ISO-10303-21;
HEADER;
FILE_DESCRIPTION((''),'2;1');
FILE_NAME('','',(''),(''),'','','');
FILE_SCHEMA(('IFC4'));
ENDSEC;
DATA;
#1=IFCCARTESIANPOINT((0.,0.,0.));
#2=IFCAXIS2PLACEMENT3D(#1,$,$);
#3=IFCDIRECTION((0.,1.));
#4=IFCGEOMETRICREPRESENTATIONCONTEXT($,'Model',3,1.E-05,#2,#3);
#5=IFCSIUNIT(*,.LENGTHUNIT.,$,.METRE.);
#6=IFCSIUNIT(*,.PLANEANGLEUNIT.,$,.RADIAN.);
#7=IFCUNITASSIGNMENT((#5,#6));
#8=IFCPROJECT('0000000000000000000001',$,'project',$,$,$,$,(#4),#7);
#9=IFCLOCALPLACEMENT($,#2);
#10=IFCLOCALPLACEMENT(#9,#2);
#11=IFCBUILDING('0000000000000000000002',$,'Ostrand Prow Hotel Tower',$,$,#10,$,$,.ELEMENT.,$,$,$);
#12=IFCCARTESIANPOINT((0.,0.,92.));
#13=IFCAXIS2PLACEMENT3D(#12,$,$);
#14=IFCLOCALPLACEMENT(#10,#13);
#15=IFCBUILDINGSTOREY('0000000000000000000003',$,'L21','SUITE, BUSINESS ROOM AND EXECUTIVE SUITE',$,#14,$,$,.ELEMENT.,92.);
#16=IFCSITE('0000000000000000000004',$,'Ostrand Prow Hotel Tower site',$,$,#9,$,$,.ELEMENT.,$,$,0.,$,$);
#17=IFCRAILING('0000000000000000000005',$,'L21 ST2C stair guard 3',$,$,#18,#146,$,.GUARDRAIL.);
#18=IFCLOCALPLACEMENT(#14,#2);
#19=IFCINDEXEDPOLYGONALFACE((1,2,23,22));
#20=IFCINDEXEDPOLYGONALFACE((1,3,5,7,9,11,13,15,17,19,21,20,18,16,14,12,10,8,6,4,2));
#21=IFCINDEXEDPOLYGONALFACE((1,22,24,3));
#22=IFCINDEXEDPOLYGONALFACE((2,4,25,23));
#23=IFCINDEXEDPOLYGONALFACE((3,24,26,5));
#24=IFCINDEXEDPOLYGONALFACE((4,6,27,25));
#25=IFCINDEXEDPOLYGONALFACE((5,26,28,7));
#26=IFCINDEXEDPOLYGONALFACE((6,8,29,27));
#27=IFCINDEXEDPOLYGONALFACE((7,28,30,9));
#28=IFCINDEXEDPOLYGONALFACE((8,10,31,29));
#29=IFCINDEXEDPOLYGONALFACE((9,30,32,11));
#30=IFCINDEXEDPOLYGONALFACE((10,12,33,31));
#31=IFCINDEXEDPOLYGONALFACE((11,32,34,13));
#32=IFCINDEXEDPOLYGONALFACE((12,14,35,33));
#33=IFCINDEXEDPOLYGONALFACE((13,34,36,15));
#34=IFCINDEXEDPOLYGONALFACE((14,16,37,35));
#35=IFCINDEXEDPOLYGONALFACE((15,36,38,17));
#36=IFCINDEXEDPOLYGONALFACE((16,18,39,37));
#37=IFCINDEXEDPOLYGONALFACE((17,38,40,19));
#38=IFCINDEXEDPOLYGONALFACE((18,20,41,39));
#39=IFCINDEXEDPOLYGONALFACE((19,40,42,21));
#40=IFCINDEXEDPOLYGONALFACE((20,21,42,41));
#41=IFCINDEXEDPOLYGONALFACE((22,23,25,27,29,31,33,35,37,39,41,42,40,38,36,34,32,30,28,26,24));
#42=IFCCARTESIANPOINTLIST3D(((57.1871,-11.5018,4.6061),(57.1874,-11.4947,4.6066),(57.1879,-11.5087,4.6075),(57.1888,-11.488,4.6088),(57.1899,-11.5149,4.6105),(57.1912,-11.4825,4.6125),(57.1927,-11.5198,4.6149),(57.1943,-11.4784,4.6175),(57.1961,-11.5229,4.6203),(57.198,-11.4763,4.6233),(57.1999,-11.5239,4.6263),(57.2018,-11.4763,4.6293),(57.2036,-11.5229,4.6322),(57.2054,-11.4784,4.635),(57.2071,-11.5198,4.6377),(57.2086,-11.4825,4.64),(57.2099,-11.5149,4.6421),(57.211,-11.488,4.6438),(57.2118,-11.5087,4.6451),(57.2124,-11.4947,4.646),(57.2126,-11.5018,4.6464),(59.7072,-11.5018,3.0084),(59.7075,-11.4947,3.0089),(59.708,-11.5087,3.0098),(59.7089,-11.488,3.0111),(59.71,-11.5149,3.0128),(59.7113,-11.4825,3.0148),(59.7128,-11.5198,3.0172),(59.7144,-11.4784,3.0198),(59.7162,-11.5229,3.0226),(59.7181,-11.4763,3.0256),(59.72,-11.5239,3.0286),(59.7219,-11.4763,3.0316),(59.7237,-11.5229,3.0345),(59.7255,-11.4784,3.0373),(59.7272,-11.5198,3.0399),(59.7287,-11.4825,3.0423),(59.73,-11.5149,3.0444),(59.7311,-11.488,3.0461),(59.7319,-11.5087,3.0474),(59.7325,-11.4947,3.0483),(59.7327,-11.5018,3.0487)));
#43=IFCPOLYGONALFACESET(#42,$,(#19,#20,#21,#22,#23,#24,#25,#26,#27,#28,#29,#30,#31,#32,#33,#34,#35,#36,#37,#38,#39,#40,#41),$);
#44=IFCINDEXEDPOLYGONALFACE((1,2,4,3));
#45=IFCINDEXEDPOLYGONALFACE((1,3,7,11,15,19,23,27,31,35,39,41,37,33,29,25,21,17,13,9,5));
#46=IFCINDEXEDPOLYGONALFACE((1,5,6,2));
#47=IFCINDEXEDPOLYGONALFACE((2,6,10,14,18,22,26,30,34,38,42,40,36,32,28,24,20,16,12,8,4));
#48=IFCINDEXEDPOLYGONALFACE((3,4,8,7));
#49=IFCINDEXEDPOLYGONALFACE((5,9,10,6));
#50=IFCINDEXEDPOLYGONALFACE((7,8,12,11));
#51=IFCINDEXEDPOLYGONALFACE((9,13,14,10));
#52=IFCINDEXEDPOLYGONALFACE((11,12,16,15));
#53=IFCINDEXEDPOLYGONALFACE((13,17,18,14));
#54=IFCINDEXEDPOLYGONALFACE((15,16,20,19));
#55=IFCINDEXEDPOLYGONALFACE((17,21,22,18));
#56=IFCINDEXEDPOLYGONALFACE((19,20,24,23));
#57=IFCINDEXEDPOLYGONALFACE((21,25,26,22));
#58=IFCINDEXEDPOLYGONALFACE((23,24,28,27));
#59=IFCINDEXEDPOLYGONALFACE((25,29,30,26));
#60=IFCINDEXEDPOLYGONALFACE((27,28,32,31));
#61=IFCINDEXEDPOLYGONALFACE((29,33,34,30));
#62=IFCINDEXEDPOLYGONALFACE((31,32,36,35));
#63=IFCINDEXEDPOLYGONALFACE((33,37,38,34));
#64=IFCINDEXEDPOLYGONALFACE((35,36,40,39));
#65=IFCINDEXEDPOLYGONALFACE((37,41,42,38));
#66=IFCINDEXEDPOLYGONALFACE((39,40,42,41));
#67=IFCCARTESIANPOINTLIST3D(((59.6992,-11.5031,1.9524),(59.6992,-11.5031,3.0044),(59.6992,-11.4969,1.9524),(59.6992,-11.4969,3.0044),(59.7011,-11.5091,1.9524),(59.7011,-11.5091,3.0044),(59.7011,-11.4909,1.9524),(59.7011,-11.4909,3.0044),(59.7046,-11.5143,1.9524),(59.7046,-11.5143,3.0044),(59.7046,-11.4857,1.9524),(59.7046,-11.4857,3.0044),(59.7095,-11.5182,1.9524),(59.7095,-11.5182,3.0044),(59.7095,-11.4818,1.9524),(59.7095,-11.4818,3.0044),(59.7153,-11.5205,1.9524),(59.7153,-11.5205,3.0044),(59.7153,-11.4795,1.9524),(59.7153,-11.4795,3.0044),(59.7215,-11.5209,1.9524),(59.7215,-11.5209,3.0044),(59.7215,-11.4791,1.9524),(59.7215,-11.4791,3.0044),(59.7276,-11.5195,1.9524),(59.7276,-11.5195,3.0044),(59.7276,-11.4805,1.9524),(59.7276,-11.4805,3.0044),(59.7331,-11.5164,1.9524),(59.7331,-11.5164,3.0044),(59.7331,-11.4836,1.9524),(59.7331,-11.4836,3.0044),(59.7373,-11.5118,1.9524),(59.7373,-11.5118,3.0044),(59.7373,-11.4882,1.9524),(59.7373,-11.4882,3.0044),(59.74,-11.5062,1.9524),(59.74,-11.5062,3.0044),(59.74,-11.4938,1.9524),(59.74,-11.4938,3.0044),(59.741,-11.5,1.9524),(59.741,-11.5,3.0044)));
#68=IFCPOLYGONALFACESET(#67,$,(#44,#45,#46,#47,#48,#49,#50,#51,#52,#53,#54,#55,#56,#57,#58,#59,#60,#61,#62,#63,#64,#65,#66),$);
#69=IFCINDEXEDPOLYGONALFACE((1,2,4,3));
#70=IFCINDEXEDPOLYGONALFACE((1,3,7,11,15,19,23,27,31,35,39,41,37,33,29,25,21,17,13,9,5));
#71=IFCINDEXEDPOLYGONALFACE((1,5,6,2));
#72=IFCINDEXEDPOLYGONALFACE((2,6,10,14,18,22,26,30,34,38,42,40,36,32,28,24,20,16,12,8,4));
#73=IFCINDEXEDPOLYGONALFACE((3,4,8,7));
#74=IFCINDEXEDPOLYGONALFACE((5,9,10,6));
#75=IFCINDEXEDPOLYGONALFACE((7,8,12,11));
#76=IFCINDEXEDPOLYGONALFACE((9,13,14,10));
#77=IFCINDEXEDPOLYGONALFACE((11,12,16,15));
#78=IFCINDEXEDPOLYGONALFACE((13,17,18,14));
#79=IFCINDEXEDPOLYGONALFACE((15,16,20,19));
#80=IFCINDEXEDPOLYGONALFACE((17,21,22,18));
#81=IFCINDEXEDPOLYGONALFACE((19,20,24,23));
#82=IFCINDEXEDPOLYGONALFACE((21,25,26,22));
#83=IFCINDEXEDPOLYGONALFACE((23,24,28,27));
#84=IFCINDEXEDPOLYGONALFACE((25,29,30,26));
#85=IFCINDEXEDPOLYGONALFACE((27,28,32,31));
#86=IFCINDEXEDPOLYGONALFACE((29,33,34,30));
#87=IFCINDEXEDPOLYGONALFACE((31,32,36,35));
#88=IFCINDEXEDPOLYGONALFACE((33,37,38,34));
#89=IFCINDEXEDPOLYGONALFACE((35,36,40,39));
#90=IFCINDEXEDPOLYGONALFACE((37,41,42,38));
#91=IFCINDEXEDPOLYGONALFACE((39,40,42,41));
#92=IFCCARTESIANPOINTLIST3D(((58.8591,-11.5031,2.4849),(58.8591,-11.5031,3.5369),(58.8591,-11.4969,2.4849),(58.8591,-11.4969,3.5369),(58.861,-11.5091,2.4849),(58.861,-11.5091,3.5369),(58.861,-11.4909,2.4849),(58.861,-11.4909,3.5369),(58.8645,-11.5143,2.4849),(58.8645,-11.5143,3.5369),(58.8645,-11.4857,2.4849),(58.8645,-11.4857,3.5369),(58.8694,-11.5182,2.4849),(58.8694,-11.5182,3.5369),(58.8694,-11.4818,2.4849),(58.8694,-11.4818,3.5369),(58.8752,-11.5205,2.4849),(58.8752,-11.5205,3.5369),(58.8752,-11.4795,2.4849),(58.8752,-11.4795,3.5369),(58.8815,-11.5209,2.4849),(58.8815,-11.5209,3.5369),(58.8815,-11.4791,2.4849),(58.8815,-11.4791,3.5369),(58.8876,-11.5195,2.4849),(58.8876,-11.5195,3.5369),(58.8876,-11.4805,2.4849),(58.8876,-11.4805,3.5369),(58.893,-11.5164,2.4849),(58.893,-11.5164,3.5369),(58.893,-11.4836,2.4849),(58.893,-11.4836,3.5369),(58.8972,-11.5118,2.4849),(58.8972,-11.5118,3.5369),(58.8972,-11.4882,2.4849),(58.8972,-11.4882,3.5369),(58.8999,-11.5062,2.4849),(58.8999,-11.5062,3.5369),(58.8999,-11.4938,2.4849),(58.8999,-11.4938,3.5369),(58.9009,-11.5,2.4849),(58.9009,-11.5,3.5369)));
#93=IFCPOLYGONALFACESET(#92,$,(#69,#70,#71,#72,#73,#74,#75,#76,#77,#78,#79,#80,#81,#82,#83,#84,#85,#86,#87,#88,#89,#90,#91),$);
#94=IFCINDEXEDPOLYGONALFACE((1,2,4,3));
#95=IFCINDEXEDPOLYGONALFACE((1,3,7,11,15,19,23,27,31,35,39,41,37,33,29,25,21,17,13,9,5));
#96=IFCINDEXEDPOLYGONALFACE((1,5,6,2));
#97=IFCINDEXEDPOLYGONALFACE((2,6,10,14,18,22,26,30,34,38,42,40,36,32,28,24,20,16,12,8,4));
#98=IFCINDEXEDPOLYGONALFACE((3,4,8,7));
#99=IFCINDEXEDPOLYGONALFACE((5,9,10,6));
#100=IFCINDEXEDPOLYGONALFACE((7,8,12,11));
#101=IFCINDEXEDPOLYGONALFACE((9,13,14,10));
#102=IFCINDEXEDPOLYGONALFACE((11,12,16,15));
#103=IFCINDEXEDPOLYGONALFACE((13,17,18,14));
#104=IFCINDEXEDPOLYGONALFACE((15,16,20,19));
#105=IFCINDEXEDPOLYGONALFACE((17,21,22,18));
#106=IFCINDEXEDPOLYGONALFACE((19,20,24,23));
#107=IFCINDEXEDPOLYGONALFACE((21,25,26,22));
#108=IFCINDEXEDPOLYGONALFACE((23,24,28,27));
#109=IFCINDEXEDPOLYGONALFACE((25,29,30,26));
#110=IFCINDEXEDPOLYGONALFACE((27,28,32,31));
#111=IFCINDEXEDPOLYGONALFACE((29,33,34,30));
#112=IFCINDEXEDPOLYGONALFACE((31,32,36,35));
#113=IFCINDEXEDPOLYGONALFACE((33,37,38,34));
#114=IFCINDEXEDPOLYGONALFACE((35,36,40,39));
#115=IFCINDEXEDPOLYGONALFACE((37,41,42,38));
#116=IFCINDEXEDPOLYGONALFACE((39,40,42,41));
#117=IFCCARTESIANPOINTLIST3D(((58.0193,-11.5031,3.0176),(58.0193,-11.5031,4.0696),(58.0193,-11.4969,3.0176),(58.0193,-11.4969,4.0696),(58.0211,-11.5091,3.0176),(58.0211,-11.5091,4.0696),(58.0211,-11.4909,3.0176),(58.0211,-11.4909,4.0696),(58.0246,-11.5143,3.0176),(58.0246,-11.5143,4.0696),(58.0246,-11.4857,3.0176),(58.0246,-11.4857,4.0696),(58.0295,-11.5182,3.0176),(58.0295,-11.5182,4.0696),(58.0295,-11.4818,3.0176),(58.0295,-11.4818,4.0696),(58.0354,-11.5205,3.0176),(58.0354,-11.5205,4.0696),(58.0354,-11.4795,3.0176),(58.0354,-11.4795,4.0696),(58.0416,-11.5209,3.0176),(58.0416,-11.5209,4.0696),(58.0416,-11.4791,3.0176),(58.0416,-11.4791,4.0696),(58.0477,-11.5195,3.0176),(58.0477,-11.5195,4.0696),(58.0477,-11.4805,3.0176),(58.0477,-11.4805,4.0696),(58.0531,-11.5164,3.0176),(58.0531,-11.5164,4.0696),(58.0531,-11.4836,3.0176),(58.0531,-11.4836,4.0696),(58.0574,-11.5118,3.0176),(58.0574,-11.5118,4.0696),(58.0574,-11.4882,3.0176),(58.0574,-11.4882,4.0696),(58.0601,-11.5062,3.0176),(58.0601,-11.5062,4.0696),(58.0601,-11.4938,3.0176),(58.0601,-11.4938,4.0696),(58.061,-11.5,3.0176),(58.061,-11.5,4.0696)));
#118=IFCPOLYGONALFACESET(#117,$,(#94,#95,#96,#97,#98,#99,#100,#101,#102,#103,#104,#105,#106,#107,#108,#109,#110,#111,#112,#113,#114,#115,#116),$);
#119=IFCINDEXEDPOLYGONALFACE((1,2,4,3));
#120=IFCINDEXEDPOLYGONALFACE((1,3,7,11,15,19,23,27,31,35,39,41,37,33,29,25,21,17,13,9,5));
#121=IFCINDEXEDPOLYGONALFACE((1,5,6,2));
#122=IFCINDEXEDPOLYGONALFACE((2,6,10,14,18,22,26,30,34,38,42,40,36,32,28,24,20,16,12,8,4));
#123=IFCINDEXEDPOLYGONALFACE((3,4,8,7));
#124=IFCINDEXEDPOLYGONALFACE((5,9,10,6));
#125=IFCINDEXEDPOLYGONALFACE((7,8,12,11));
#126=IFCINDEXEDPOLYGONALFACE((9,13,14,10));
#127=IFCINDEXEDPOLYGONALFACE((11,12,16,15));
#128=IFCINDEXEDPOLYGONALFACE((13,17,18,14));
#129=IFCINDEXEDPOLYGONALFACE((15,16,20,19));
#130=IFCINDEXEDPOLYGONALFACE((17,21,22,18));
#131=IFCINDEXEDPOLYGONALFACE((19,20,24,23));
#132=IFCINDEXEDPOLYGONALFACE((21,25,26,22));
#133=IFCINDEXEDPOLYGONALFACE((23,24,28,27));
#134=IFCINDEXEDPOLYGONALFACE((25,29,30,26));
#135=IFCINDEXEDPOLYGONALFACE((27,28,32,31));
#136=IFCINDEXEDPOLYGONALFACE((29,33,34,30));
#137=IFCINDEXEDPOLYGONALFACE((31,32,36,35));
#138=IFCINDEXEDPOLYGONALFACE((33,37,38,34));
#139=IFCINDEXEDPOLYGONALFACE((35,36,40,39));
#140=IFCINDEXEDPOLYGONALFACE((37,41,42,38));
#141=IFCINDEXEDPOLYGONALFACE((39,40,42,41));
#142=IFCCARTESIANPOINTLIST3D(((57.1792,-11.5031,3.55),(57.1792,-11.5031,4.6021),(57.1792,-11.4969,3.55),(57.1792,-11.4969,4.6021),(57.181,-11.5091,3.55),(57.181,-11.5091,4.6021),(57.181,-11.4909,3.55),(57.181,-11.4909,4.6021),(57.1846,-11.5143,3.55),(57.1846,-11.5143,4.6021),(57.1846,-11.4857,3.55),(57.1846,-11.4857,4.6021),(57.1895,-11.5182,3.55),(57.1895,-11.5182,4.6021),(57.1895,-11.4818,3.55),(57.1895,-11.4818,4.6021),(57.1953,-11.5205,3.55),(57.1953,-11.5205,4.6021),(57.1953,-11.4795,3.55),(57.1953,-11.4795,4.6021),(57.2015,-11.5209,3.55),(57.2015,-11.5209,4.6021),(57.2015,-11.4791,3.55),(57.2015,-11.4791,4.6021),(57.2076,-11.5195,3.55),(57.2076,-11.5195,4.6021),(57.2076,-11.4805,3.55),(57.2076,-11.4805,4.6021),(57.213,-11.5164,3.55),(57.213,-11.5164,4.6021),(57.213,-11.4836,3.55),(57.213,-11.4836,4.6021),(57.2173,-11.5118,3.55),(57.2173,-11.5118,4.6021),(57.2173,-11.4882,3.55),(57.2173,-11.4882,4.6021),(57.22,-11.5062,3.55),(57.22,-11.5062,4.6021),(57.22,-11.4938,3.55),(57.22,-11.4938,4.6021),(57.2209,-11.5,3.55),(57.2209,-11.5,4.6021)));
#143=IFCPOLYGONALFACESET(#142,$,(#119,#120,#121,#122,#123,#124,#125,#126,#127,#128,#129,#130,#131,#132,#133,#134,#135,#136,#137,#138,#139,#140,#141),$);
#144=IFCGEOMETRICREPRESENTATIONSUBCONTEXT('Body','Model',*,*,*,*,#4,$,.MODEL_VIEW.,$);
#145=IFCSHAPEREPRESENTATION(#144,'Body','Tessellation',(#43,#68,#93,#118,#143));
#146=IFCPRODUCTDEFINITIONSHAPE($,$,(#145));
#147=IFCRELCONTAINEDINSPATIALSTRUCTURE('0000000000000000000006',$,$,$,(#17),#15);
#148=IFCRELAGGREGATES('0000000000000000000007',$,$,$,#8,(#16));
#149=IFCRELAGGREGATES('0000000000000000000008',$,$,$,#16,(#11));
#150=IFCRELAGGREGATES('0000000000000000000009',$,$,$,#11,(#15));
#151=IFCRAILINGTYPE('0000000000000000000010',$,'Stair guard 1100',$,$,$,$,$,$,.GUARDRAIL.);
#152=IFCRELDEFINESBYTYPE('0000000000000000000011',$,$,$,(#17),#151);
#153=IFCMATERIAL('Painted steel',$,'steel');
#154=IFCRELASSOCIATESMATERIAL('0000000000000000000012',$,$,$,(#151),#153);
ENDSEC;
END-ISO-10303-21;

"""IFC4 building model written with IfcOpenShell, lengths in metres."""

from ifc_helpers import new_model, si_unit, direction, frame, origin, origin_2d, place, context, subcontext, project, spatial, circle, extrude, material, type_object, element, save


model = new_model("IFC4")

# Units and contexts
model_context = context("Model", 3, precision=1e-05, world=origin(), true_north=direction((0.0, 1.0)))
body_context = subcontext(model_context, "Body", "Model", "MODEL_VIEW")
ifc_project = project(units=[si_unit("LENGTHUNIT", "METRE"), si_unit("PLANEANGLEUNIT", "RADIAN")], contexts=[model_context])

# Site, building, storey
site_placement = place(None, origin())
site = spatial("IfcSite", under=ifc_project, at=site_placement, Name="Ostrand Prow Hotel Tower site", CompositionType="ELEMENT", RefElevation=0.0)
building_placement = place(site_placement, origin())
building = spatial("IfcBuilding", under=site, at=building_placement, Name="Ostrand Prow Hotel Tower", CompositionType="ELEMENT")
storey_placement = place(building_placement, frame((0.0, 0.0, 92.0)))
storey = spatial("IfcBuildingStorey", under=building, at=storey_placement, Name="L21", Description="SUITE, BUSINESS ROOM AND EXECUTIVE SUITE", CompositionType="ELEMENT", Elevation=92.0)

# Railing
ifc_material_1 = material(Name="Painted steel", Category="steel")
railing_type_1 = type_object("IfcRailingType", Name="Stair guard 1100", PredefinedType="GUARDRAIL", material=ifc_material_1)
railing_1_placement = place(storey_placement, frame((59.72, -11.5, 1.9524)))
element("IfcRailing", 1, at=railing_1_placement, inside=storey, type_object=railing_type_1, Name="L21 ST2C stair guard 3", PredefinedType="GUARDRAIL", context=body_context, shape_type="SweptSolid", body=[
    extrude(circle(Radius=0.0239, at=origin_2d()), frame((0.0, 0.0, 1.0762), z_axis=(-0.84457, 0.0, 0.535445), x_axis=(0.0, -1.0, 0.0)), (0.0, 0.0, 1.0), 2.9839),
    extrude(circle(Radius=0.021, at=origin_2d()), origin(), (0.0, 0.0, 1.0), 1.052),
    extrude(circle(Radius=0.021, at=origin_2d()), frame((-0.8401, 0.0, 0.5325)), (0.0, 0.0, 1.0), 1.052),
    extrude(circle(Radius=0.021, at=origin_2d()), frame((-1.6799, 0.0, 1.0652)), (0.0, 0.0, 1.0), 1.052),
    extrude(circle(Radius=0.021, at=origin_2d()), frame((-2.52, 0.0, 1.5977)), (0.0, 0.0, 1.0), 1.052),
])

save(model, "model.ifc")
